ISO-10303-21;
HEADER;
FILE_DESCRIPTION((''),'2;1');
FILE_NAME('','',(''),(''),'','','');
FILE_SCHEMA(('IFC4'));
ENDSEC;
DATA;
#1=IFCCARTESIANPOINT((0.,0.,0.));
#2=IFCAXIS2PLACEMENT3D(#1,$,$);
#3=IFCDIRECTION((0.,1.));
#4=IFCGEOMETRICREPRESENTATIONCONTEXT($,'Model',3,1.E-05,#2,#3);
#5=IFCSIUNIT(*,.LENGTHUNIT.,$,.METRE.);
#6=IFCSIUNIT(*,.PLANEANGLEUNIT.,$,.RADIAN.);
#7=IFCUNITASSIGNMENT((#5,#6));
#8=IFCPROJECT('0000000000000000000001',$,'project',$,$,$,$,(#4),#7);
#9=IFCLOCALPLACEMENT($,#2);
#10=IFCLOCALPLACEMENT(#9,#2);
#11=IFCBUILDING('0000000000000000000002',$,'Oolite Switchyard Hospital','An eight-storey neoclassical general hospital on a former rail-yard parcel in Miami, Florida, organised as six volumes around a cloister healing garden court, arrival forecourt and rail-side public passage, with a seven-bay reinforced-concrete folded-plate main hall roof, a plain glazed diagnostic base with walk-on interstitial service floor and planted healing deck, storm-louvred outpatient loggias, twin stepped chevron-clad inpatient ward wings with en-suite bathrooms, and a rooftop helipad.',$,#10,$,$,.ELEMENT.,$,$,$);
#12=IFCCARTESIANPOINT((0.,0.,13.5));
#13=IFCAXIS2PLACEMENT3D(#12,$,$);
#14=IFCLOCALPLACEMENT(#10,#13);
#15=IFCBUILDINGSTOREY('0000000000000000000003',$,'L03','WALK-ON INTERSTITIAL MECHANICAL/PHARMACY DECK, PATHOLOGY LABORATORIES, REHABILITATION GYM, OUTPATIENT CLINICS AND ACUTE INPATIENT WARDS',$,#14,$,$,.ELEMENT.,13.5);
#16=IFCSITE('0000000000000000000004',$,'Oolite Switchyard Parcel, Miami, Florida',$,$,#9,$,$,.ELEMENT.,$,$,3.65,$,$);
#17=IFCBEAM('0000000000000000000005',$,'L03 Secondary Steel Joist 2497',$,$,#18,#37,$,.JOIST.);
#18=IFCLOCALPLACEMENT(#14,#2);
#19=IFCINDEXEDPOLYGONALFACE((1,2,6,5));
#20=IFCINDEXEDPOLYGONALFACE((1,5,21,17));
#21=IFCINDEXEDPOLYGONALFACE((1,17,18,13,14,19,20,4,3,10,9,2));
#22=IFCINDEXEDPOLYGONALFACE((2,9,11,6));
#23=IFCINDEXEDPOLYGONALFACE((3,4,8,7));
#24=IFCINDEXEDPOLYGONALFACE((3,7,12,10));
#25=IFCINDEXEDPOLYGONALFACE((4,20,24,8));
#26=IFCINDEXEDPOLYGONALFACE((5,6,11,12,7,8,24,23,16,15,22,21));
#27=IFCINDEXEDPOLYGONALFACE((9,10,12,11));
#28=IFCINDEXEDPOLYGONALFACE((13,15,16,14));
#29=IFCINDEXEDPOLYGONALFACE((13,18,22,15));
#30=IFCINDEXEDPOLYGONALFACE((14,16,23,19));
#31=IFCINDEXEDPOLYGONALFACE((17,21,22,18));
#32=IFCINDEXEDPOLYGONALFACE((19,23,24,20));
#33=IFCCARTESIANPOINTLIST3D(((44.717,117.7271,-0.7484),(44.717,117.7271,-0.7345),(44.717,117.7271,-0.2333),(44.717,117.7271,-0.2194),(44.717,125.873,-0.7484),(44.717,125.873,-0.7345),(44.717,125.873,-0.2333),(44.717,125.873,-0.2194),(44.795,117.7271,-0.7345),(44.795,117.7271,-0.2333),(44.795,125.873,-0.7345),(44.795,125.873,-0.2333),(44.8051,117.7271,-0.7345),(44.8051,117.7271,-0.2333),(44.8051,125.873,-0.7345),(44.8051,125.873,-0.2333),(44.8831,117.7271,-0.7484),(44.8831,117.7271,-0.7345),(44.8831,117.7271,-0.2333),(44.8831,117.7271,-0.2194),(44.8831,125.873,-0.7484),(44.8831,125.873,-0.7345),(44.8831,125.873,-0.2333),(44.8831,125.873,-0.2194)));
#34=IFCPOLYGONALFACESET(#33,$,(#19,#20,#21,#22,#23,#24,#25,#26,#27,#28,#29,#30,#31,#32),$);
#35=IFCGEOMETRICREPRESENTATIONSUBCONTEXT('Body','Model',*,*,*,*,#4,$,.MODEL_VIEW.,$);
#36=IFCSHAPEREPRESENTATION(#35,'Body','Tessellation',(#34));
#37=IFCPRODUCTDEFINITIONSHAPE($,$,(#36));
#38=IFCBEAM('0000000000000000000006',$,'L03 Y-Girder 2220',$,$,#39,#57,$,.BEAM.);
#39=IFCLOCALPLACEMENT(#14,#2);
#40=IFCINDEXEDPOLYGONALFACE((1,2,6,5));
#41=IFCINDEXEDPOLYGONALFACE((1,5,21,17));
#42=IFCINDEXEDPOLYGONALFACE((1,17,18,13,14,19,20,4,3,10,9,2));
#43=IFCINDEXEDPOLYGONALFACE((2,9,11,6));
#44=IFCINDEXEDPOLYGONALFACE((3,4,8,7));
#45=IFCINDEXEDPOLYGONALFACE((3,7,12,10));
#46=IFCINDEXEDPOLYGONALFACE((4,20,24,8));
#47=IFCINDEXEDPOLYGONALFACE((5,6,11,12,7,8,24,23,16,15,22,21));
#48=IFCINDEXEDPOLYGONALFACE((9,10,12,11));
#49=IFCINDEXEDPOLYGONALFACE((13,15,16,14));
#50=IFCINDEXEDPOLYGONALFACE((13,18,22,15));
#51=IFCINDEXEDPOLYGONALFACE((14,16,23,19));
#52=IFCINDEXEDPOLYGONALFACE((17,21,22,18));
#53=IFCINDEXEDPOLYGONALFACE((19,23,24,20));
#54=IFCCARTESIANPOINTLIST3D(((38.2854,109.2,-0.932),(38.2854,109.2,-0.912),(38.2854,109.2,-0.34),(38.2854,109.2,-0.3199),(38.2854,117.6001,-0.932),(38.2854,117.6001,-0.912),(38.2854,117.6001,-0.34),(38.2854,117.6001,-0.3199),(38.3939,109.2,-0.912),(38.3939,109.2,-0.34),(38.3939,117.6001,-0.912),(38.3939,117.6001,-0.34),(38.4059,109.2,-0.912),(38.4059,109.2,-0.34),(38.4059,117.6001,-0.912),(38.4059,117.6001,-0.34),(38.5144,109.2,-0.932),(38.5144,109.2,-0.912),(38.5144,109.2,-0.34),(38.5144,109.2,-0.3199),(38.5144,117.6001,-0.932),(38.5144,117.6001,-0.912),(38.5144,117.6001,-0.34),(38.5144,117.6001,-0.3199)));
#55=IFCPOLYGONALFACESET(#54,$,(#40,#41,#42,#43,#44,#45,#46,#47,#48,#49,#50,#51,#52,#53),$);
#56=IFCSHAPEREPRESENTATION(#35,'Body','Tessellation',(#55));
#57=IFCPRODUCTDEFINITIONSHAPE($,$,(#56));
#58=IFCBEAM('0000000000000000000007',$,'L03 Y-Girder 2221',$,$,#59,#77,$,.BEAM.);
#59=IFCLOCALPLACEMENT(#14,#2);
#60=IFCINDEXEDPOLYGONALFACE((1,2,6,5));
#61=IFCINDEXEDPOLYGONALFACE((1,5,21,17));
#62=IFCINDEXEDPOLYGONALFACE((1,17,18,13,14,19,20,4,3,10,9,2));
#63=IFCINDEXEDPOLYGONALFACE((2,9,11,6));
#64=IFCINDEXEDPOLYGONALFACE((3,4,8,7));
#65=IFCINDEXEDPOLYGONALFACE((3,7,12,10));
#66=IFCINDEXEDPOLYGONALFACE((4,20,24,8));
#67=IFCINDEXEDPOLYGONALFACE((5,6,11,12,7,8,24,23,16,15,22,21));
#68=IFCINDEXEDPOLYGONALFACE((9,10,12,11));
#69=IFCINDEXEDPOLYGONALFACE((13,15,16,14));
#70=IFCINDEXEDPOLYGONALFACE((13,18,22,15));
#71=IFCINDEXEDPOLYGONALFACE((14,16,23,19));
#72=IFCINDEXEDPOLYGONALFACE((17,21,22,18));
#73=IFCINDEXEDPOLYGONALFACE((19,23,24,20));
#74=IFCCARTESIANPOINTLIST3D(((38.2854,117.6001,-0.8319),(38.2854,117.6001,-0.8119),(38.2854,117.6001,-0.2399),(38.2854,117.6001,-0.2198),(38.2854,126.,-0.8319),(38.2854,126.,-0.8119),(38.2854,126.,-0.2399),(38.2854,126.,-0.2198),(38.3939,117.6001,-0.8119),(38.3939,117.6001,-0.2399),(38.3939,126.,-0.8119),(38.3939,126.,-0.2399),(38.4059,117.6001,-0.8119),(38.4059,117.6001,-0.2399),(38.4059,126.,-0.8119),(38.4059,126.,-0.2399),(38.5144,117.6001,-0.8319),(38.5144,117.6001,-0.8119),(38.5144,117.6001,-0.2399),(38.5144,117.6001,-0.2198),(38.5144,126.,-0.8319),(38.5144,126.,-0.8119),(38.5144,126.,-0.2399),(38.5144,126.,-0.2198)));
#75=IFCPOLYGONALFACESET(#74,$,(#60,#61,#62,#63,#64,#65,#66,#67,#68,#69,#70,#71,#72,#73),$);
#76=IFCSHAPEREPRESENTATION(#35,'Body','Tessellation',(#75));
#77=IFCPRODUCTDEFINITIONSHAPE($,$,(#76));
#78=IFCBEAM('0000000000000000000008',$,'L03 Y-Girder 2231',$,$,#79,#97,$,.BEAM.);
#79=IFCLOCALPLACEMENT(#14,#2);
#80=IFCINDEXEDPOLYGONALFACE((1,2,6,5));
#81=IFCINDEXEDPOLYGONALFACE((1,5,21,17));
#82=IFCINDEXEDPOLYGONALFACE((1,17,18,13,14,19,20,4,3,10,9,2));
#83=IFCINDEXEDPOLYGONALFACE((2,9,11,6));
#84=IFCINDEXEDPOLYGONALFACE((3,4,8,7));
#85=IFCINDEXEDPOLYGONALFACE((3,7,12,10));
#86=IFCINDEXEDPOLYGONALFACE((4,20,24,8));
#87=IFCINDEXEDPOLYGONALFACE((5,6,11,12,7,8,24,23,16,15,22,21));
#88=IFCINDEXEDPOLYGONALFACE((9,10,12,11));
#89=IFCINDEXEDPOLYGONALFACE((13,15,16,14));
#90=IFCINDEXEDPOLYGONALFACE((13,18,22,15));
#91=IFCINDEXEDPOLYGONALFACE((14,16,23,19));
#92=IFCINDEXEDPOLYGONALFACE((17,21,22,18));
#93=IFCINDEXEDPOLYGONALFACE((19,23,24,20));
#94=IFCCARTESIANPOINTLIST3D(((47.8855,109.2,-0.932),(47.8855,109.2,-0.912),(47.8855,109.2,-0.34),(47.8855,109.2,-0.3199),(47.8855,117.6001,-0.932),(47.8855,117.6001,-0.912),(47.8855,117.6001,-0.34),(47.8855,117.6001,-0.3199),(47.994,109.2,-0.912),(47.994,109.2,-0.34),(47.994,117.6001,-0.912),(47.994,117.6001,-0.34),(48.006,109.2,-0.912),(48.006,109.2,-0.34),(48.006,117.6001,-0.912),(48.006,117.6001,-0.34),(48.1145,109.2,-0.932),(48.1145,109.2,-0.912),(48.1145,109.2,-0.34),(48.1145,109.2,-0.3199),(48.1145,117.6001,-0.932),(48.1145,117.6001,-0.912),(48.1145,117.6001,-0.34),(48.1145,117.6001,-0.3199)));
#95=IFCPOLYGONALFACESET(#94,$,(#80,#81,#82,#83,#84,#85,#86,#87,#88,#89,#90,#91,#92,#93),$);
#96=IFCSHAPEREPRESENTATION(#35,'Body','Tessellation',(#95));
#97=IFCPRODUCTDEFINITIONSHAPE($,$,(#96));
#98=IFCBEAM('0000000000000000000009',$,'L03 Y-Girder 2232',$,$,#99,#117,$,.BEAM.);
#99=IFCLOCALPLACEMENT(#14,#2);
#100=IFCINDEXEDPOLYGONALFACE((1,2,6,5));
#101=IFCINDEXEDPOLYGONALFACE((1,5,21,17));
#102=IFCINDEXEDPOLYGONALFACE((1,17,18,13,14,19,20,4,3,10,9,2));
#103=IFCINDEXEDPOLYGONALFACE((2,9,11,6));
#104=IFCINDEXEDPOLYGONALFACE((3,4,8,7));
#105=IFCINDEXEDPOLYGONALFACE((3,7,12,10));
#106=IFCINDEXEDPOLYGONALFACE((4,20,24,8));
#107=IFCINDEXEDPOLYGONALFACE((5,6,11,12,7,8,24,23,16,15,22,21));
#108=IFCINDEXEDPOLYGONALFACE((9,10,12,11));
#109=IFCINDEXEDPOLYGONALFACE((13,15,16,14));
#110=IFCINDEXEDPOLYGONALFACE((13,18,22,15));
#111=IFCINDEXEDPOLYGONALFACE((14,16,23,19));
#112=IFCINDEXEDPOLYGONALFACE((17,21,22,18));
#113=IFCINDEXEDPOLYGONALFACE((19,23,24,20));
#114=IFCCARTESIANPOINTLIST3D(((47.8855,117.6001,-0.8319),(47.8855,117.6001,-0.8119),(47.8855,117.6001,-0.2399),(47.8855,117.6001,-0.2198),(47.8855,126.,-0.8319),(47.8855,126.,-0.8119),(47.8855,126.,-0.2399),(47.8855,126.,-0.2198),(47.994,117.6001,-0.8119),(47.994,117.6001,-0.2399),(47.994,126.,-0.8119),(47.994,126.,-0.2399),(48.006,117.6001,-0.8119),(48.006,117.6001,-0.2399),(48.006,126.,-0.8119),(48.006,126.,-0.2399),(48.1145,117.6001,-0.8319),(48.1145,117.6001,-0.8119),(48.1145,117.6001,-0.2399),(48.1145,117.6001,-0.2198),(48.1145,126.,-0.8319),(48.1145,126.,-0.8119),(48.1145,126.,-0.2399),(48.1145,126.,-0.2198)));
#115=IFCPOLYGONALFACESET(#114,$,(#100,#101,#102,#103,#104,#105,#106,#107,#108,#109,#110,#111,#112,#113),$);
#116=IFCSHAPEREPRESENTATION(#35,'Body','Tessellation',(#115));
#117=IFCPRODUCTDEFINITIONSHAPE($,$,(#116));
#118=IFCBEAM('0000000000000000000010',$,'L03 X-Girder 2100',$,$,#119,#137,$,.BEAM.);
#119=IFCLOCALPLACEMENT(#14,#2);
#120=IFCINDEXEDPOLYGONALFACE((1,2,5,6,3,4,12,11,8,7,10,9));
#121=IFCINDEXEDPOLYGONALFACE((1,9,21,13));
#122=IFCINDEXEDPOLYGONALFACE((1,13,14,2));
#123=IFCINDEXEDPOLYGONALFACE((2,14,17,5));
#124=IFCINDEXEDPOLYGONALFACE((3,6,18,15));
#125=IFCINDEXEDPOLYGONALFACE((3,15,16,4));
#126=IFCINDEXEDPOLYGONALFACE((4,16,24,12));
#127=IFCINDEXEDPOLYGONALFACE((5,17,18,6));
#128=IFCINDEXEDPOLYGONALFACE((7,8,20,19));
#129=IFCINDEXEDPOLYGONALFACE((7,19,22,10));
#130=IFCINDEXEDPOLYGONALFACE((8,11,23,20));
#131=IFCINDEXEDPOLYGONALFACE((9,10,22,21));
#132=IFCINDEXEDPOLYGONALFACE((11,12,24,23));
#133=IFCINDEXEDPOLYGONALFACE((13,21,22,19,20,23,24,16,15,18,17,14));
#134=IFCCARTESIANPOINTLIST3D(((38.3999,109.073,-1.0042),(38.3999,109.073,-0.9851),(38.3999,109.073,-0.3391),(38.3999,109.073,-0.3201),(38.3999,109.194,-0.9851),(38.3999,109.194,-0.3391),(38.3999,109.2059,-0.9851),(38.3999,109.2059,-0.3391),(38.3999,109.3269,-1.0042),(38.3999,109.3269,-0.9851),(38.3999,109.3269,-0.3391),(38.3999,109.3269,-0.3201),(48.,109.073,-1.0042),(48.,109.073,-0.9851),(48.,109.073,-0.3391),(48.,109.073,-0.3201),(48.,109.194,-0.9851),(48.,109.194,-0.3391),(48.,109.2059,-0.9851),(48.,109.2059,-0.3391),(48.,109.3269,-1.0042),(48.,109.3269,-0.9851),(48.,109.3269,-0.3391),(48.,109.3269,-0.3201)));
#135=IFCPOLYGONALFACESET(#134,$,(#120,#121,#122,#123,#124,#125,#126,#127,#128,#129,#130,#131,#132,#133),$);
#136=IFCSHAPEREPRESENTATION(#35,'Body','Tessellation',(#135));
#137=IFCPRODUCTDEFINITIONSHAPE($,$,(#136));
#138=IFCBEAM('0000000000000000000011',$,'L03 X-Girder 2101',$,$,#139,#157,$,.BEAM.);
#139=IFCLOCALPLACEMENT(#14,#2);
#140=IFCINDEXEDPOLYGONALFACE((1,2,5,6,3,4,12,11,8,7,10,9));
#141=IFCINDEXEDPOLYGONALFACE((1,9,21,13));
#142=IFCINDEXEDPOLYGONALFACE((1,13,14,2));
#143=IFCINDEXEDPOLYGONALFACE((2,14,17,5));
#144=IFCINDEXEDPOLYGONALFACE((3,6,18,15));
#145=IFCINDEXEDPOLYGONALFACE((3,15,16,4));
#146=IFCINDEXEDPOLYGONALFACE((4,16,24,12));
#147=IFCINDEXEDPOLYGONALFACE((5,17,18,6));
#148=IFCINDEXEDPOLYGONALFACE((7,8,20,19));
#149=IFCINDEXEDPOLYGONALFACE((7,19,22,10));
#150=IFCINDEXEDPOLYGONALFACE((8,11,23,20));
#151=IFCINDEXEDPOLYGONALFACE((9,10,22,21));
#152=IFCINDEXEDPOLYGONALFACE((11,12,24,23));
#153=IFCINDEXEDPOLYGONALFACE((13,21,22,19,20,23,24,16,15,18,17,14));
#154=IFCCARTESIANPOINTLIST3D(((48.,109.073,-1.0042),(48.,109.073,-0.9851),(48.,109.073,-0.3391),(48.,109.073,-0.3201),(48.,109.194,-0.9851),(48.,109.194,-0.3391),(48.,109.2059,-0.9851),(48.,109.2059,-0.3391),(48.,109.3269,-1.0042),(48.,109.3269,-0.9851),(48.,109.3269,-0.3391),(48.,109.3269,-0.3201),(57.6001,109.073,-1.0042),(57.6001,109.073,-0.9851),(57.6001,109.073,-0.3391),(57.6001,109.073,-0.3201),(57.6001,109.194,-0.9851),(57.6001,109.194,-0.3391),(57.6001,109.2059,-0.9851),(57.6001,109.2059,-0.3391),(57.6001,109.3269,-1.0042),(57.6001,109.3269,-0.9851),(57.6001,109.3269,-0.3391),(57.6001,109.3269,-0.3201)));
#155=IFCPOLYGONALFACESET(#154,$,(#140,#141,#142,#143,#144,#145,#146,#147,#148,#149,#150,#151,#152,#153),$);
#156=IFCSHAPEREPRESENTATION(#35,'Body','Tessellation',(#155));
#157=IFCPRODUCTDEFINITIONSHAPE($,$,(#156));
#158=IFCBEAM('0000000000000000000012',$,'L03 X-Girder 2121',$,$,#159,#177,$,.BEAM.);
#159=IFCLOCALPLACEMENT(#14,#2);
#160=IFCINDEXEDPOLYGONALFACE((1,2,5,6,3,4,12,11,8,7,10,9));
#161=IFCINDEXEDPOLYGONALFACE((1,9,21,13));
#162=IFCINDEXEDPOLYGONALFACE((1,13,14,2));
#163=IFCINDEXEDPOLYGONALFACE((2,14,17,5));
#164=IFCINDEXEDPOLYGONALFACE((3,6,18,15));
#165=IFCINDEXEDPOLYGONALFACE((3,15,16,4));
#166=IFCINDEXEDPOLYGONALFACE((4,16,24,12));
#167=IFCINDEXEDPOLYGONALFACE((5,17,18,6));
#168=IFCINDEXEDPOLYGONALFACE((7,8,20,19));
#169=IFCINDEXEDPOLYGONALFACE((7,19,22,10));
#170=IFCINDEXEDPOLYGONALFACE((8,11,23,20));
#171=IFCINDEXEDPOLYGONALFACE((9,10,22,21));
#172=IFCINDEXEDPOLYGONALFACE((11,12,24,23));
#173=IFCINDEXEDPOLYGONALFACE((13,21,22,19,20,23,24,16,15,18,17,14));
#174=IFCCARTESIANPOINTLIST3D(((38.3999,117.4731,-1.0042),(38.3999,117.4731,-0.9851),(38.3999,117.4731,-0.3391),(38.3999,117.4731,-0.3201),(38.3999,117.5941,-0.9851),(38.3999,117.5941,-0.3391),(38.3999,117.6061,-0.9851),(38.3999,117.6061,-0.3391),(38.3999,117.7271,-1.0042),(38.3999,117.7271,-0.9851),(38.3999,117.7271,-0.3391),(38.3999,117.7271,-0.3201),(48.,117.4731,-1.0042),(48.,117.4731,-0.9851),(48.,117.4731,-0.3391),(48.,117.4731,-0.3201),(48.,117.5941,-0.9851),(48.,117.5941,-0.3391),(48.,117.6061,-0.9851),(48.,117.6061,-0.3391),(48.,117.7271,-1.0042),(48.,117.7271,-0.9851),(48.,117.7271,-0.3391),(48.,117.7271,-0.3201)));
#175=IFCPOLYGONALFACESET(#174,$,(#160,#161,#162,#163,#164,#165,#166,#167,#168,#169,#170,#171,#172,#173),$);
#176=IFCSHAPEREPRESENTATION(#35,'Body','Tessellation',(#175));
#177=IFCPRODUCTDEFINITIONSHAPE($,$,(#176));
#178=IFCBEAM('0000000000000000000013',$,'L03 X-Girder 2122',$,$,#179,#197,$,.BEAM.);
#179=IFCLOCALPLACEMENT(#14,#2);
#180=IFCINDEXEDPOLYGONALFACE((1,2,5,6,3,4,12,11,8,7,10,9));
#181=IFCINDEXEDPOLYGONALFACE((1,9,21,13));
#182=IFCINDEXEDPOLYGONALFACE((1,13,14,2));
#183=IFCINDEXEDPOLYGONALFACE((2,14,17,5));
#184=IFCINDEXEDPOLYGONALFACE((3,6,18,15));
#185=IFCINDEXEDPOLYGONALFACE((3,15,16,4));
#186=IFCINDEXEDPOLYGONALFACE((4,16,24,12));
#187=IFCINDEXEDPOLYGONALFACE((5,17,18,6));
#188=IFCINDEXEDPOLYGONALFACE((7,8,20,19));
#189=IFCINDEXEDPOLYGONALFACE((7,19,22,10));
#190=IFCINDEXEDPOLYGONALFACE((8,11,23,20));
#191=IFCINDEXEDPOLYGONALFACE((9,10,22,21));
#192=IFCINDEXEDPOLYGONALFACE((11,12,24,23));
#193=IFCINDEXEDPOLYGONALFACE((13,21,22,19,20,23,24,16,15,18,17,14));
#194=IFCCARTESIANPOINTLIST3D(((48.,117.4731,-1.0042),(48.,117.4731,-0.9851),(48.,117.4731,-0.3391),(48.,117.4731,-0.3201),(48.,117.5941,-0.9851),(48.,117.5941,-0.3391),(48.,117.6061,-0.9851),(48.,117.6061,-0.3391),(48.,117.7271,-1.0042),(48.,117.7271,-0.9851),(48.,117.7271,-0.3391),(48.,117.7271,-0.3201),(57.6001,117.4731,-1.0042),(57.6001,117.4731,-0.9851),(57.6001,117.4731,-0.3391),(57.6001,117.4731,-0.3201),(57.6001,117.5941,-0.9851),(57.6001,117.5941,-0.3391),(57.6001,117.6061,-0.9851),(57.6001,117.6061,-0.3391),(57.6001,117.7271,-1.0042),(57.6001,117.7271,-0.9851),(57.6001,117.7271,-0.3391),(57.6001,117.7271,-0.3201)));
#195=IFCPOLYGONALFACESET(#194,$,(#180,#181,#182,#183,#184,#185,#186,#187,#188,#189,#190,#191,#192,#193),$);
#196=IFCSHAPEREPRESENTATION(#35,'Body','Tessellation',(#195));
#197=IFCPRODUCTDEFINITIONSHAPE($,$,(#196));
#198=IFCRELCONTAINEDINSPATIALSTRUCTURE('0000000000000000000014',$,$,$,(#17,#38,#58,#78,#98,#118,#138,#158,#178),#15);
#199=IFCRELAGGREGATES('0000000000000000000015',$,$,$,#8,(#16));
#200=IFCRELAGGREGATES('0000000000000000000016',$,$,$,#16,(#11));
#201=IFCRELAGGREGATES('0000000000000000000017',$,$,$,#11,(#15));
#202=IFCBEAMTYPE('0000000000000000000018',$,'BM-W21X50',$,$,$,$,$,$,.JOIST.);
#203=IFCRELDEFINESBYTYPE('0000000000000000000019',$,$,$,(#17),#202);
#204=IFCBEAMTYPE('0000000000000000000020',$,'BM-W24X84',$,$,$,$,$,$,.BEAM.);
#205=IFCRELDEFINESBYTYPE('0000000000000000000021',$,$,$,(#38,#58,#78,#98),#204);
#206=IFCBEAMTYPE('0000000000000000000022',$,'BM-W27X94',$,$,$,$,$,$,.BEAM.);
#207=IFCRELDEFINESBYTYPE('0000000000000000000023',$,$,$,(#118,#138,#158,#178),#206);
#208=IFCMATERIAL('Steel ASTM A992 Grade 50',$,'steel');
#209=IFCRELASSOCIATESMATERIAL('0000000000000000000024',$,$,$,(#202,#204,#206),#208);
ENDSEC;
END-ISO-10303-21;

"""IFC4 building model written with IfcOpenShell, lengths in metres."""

from ifc_helpers import new_model, si_unit, direction, frame, origin, origin_2d, place, context, subcontext, project, spatial, i_section, extrude, material, material_profile, profile_set, type_object, element, save


model = new_model("IFC4")

# Units and contexts
model_context = context("Model", 3, precision=1e-05, world=origin(), true_north=direction((0.0, 1.0)))
body_context = subcontext(model_context, "Body", "Model", "MODEL_VIEW")
ifc_project = project(units=[si_unit("LENGTHUNIT", "METRE"), si_unit("PLANEANGLEUNIT", "RADIAN")], contexts=[model_context])

# Site, building, storey
site_placement = place(None, origin())
site = spatial("IfcSite", under=ifc_project, at=site_placement, Name="Oolite Switchyard Parcel, Miami, Florida", CompositionType="ELEMENT", RefElevation=3.65)
building_placement = place(site_placement, origin())
building = spatial("IfcBuilding", under=site, at=building_placement, Name="Oolite Switchyard Hospital", Description="An eight-storey neoclassical general hospital on a former rail-yard parcel in Miami, Florida, organised as six volumes around a cloister healing garden court, arrival forecourt and rail-side public passage, with a seven-bay reinforced-concrete folded-plate main hall roof, a plain glazed diagnostic base with walk-on interstitial service floor and planted healing deck, storm-louvred outpatient loggias, twin stepped chevron-clad inpatient ward wings with en-suite bathrooms, and a rooftop helipad.", CompositionType="ELEMENT")
storey_placement = place(building_placement, frame((0.0, 0.0, 13.5)))
storey = spatial("IfcBuildingStorey", under=building, at=storey_placement, Name="L03", Description="WALK-ON INTERSTITIAL MECHANICAL/PHARMACY DECK, PATHOLOGY LABORATORIES, REHABILITATION GYM, OUTPATIENT CLINICS AND ACUTE INPATIENT WARDS", CompositionType="ELEMENT", Elevation=13.5)

# Beams
ifc_material_1 = material(Name="Steel ASTM A992 Grade 50", Category="steel")
ifc_material_profile_1 = material_profile(ifc_material_1, i_section(OverallWidth=0.166, OverallDepth=0.5291, WebThickness=0.01, FlangeThickness=0.0139, at=origin_2d()), Name="W21X50")
ifc_profile_set_1 = profile_set([ifc_material_profile_1], Name="Steel ASTM A992 Grade 50")
beam_type_1 = type_object("IfcBeamType", Name="BM-W21X50", PredefinedType="JOIST", material=ifc_profile_set_1)
beam_1_placement = place(storey_placement, frame((44.8, 117.7271, -0.4839), z_axis=(0.0, 1.0, 0.0), x_axis=(-1.0, 0.0, 0.0)))
element("IfcBeam", 1, at=beam_1_placement, inside=storey, type_object=beam_type_1, Name="L03 Secondary Steel Joist 2497", PredefinedType="JOIST", context=body_context, shape_type="SweptSolid", body=[
    extrude(i_section(OverallWidth=0.166, OverallDepth=0.5291, WebThickness=0.01, FlangeThickness=0.0139, at=origin_2d()), origin(), (0.0, 0.0, 1.0), 8.146),
])
ifc_material_profile_2 = material_profile(ifc_material_1, i_section(OverallWidth=0.229, OverallDepth=0.6121, WebThickness=0.012, FlangeThickness=0.02, at=origin_2d()), Name="W24X84")
ifc_profile_set_2 = profile_set([ifc_material_profile_2], Name="Steel ASTM A992 Grade 50")
beam_type_2 = type_object("IfcBeamType", Name="BM-W24X84", PredefinedType="BEAM", material=ifc_profile_set_2)
beam_2_placement = place(storey_placement, frame((38.3999, 109.2, -0.626), z_axis=(0.0, 1.0, 0.0), x_axis=(-1.0, 0.0, 0.0)))
element("IfcBeam", 2, at=beam_2_placement, inside=storey, type_object=beam_type_2, Name="L03 Y-Girder 2220", PredefinedType="BEAM", context=body_context, shape_type="SweptSolid", body=[
    extrude(i_section(OverallWidth=0.229, OverallDepth=0.6121, WebThickness=0.012, FlangeThickness=0.02, at=origin_2d()), origin(), (0.0, 0.0, 1.0), 8.4001),
])
beam_3_placement = place(storey_placement, frame((38.3999, 117.6001, -0.5259), z_axis=(0.0, 1.0, 0.0), x_axis=(-1.0, 0.0, 0.0)))
element("IfcBeam", 3, at=beam_3_placement, inside=storey, type_object=beam_type_2, Name="L03 Y-Girder 2221", PredefinedType="BEAM", context=body_context, shape_type="SweptSolid", body=[
    extrude(i_section(OverallWidth=0.229, OverallDepth=0.6121, WebThickness=0.012, FlangeThickness=0.02, at=origin_2d()), origin(), (0.0, 0.0, 1.0), 8.3999),
])
beam_4_placement = place(storey_placement, frame((48.0, 109.2, -0.626), z_axis=(0.0, 1.0, 0.0), x_axis=(-1.0, 0.0, 0.0)))
element("IfcBeam", 4, at=beam_4_placement, inside=storey, type_object=beam_type_2, Name="L03 Y-Girder 2231", PredefinedType="BEAM", context=body_context, shape_type="SweptSolid", body=[
    extrude(i_section(OverallWidth=0.229, OverallDepth=0.6121, WebThickness=0.012, FlangeThickness=0.02, at=origin_2d()), origin(), (0.0, 0.0, 1.0), 8.4001),
])
beam_5_placement = place(storey_placement, frame((48.0, 117.6001, -0.5259), z_axis=(0.0, 1.0, 0.0), x_axis=(-1.0, 0.0, 0.0)))
element("IfcBeam", 5, at=beam_5_placement, inside=storey, type_object=beam_type_2, Name="L03 Y-Girder 2232", PredefinedType="BEAM", context=body_context, shape_type="SweptSolid", body=[
    extrude(i_section(OverallWidth=0.229, OverallDepth=0.6121, WebThickness=0.012, FlangeThickness=0.02, at=origin_2d()), origin(), (0.0, 0.0, 1.0), 8.3999),
])
ifc_material_profile_3 = material_profile(ifc_material_1, i_section(OverallWidth=0.2539, OverallDepth=0.6841, WebThickness=0.012, FlangeThickness=0.019, at=origin_2d()), Name="W27X94")
ifc_profile_set_3 = profile_set([ifc_material_profile_3], Name="Steel ASTM A992 Grade 50")
beam_type_3 = type_object("IfcBeamType", Name="BM-W27X94", PredefinedType="BEAM", material=ifc_profile_set_3)
for number, where, z_axis, x_axis, name in (
    (6, (38.3999, 109.2, -0.6621), (1.0, 0.0, 0.0), (0.0, 1.0, 0.0), "L03 X-Girder 2100"),
    (7, (48.0, 109.2, -0.6621), (1.0, 0.0, 0.0), (0.0, 1.0, 0.0), "L03 X-Girder 2101"),
    (8, (38.3999, 117.6001, -0.6621), (1.0, 0.0, 0.0), (0.0, 1.0, 0.0), "L03 X-Girder 2121"),
    (9, (48.0, 117.6001, -0.6621), (1.0, 0.0, 0.0), (0.0, 1.0, 0.0), "L03 X-Girder 2122"),
):
    element("IfcBeam", number, at=place(storey_placement, frame(where, z_axis=z_axis, x_axis=x_axis)), inside=storey, type_object=beam_type_3, Name=name, PredefinedType="BEAM", context=body_context, shape_type="SweptSolid", body=[
        extrude(i_section(OverallWidth=0.2539, OverallDepth=0.6841, WebThickness=0.012, FlangeThickness=0.019, at=origin_2d()), origin(), (0.0, 0.0, 1.0), 9.6001),
    ])

save(model, "model.ifc")
